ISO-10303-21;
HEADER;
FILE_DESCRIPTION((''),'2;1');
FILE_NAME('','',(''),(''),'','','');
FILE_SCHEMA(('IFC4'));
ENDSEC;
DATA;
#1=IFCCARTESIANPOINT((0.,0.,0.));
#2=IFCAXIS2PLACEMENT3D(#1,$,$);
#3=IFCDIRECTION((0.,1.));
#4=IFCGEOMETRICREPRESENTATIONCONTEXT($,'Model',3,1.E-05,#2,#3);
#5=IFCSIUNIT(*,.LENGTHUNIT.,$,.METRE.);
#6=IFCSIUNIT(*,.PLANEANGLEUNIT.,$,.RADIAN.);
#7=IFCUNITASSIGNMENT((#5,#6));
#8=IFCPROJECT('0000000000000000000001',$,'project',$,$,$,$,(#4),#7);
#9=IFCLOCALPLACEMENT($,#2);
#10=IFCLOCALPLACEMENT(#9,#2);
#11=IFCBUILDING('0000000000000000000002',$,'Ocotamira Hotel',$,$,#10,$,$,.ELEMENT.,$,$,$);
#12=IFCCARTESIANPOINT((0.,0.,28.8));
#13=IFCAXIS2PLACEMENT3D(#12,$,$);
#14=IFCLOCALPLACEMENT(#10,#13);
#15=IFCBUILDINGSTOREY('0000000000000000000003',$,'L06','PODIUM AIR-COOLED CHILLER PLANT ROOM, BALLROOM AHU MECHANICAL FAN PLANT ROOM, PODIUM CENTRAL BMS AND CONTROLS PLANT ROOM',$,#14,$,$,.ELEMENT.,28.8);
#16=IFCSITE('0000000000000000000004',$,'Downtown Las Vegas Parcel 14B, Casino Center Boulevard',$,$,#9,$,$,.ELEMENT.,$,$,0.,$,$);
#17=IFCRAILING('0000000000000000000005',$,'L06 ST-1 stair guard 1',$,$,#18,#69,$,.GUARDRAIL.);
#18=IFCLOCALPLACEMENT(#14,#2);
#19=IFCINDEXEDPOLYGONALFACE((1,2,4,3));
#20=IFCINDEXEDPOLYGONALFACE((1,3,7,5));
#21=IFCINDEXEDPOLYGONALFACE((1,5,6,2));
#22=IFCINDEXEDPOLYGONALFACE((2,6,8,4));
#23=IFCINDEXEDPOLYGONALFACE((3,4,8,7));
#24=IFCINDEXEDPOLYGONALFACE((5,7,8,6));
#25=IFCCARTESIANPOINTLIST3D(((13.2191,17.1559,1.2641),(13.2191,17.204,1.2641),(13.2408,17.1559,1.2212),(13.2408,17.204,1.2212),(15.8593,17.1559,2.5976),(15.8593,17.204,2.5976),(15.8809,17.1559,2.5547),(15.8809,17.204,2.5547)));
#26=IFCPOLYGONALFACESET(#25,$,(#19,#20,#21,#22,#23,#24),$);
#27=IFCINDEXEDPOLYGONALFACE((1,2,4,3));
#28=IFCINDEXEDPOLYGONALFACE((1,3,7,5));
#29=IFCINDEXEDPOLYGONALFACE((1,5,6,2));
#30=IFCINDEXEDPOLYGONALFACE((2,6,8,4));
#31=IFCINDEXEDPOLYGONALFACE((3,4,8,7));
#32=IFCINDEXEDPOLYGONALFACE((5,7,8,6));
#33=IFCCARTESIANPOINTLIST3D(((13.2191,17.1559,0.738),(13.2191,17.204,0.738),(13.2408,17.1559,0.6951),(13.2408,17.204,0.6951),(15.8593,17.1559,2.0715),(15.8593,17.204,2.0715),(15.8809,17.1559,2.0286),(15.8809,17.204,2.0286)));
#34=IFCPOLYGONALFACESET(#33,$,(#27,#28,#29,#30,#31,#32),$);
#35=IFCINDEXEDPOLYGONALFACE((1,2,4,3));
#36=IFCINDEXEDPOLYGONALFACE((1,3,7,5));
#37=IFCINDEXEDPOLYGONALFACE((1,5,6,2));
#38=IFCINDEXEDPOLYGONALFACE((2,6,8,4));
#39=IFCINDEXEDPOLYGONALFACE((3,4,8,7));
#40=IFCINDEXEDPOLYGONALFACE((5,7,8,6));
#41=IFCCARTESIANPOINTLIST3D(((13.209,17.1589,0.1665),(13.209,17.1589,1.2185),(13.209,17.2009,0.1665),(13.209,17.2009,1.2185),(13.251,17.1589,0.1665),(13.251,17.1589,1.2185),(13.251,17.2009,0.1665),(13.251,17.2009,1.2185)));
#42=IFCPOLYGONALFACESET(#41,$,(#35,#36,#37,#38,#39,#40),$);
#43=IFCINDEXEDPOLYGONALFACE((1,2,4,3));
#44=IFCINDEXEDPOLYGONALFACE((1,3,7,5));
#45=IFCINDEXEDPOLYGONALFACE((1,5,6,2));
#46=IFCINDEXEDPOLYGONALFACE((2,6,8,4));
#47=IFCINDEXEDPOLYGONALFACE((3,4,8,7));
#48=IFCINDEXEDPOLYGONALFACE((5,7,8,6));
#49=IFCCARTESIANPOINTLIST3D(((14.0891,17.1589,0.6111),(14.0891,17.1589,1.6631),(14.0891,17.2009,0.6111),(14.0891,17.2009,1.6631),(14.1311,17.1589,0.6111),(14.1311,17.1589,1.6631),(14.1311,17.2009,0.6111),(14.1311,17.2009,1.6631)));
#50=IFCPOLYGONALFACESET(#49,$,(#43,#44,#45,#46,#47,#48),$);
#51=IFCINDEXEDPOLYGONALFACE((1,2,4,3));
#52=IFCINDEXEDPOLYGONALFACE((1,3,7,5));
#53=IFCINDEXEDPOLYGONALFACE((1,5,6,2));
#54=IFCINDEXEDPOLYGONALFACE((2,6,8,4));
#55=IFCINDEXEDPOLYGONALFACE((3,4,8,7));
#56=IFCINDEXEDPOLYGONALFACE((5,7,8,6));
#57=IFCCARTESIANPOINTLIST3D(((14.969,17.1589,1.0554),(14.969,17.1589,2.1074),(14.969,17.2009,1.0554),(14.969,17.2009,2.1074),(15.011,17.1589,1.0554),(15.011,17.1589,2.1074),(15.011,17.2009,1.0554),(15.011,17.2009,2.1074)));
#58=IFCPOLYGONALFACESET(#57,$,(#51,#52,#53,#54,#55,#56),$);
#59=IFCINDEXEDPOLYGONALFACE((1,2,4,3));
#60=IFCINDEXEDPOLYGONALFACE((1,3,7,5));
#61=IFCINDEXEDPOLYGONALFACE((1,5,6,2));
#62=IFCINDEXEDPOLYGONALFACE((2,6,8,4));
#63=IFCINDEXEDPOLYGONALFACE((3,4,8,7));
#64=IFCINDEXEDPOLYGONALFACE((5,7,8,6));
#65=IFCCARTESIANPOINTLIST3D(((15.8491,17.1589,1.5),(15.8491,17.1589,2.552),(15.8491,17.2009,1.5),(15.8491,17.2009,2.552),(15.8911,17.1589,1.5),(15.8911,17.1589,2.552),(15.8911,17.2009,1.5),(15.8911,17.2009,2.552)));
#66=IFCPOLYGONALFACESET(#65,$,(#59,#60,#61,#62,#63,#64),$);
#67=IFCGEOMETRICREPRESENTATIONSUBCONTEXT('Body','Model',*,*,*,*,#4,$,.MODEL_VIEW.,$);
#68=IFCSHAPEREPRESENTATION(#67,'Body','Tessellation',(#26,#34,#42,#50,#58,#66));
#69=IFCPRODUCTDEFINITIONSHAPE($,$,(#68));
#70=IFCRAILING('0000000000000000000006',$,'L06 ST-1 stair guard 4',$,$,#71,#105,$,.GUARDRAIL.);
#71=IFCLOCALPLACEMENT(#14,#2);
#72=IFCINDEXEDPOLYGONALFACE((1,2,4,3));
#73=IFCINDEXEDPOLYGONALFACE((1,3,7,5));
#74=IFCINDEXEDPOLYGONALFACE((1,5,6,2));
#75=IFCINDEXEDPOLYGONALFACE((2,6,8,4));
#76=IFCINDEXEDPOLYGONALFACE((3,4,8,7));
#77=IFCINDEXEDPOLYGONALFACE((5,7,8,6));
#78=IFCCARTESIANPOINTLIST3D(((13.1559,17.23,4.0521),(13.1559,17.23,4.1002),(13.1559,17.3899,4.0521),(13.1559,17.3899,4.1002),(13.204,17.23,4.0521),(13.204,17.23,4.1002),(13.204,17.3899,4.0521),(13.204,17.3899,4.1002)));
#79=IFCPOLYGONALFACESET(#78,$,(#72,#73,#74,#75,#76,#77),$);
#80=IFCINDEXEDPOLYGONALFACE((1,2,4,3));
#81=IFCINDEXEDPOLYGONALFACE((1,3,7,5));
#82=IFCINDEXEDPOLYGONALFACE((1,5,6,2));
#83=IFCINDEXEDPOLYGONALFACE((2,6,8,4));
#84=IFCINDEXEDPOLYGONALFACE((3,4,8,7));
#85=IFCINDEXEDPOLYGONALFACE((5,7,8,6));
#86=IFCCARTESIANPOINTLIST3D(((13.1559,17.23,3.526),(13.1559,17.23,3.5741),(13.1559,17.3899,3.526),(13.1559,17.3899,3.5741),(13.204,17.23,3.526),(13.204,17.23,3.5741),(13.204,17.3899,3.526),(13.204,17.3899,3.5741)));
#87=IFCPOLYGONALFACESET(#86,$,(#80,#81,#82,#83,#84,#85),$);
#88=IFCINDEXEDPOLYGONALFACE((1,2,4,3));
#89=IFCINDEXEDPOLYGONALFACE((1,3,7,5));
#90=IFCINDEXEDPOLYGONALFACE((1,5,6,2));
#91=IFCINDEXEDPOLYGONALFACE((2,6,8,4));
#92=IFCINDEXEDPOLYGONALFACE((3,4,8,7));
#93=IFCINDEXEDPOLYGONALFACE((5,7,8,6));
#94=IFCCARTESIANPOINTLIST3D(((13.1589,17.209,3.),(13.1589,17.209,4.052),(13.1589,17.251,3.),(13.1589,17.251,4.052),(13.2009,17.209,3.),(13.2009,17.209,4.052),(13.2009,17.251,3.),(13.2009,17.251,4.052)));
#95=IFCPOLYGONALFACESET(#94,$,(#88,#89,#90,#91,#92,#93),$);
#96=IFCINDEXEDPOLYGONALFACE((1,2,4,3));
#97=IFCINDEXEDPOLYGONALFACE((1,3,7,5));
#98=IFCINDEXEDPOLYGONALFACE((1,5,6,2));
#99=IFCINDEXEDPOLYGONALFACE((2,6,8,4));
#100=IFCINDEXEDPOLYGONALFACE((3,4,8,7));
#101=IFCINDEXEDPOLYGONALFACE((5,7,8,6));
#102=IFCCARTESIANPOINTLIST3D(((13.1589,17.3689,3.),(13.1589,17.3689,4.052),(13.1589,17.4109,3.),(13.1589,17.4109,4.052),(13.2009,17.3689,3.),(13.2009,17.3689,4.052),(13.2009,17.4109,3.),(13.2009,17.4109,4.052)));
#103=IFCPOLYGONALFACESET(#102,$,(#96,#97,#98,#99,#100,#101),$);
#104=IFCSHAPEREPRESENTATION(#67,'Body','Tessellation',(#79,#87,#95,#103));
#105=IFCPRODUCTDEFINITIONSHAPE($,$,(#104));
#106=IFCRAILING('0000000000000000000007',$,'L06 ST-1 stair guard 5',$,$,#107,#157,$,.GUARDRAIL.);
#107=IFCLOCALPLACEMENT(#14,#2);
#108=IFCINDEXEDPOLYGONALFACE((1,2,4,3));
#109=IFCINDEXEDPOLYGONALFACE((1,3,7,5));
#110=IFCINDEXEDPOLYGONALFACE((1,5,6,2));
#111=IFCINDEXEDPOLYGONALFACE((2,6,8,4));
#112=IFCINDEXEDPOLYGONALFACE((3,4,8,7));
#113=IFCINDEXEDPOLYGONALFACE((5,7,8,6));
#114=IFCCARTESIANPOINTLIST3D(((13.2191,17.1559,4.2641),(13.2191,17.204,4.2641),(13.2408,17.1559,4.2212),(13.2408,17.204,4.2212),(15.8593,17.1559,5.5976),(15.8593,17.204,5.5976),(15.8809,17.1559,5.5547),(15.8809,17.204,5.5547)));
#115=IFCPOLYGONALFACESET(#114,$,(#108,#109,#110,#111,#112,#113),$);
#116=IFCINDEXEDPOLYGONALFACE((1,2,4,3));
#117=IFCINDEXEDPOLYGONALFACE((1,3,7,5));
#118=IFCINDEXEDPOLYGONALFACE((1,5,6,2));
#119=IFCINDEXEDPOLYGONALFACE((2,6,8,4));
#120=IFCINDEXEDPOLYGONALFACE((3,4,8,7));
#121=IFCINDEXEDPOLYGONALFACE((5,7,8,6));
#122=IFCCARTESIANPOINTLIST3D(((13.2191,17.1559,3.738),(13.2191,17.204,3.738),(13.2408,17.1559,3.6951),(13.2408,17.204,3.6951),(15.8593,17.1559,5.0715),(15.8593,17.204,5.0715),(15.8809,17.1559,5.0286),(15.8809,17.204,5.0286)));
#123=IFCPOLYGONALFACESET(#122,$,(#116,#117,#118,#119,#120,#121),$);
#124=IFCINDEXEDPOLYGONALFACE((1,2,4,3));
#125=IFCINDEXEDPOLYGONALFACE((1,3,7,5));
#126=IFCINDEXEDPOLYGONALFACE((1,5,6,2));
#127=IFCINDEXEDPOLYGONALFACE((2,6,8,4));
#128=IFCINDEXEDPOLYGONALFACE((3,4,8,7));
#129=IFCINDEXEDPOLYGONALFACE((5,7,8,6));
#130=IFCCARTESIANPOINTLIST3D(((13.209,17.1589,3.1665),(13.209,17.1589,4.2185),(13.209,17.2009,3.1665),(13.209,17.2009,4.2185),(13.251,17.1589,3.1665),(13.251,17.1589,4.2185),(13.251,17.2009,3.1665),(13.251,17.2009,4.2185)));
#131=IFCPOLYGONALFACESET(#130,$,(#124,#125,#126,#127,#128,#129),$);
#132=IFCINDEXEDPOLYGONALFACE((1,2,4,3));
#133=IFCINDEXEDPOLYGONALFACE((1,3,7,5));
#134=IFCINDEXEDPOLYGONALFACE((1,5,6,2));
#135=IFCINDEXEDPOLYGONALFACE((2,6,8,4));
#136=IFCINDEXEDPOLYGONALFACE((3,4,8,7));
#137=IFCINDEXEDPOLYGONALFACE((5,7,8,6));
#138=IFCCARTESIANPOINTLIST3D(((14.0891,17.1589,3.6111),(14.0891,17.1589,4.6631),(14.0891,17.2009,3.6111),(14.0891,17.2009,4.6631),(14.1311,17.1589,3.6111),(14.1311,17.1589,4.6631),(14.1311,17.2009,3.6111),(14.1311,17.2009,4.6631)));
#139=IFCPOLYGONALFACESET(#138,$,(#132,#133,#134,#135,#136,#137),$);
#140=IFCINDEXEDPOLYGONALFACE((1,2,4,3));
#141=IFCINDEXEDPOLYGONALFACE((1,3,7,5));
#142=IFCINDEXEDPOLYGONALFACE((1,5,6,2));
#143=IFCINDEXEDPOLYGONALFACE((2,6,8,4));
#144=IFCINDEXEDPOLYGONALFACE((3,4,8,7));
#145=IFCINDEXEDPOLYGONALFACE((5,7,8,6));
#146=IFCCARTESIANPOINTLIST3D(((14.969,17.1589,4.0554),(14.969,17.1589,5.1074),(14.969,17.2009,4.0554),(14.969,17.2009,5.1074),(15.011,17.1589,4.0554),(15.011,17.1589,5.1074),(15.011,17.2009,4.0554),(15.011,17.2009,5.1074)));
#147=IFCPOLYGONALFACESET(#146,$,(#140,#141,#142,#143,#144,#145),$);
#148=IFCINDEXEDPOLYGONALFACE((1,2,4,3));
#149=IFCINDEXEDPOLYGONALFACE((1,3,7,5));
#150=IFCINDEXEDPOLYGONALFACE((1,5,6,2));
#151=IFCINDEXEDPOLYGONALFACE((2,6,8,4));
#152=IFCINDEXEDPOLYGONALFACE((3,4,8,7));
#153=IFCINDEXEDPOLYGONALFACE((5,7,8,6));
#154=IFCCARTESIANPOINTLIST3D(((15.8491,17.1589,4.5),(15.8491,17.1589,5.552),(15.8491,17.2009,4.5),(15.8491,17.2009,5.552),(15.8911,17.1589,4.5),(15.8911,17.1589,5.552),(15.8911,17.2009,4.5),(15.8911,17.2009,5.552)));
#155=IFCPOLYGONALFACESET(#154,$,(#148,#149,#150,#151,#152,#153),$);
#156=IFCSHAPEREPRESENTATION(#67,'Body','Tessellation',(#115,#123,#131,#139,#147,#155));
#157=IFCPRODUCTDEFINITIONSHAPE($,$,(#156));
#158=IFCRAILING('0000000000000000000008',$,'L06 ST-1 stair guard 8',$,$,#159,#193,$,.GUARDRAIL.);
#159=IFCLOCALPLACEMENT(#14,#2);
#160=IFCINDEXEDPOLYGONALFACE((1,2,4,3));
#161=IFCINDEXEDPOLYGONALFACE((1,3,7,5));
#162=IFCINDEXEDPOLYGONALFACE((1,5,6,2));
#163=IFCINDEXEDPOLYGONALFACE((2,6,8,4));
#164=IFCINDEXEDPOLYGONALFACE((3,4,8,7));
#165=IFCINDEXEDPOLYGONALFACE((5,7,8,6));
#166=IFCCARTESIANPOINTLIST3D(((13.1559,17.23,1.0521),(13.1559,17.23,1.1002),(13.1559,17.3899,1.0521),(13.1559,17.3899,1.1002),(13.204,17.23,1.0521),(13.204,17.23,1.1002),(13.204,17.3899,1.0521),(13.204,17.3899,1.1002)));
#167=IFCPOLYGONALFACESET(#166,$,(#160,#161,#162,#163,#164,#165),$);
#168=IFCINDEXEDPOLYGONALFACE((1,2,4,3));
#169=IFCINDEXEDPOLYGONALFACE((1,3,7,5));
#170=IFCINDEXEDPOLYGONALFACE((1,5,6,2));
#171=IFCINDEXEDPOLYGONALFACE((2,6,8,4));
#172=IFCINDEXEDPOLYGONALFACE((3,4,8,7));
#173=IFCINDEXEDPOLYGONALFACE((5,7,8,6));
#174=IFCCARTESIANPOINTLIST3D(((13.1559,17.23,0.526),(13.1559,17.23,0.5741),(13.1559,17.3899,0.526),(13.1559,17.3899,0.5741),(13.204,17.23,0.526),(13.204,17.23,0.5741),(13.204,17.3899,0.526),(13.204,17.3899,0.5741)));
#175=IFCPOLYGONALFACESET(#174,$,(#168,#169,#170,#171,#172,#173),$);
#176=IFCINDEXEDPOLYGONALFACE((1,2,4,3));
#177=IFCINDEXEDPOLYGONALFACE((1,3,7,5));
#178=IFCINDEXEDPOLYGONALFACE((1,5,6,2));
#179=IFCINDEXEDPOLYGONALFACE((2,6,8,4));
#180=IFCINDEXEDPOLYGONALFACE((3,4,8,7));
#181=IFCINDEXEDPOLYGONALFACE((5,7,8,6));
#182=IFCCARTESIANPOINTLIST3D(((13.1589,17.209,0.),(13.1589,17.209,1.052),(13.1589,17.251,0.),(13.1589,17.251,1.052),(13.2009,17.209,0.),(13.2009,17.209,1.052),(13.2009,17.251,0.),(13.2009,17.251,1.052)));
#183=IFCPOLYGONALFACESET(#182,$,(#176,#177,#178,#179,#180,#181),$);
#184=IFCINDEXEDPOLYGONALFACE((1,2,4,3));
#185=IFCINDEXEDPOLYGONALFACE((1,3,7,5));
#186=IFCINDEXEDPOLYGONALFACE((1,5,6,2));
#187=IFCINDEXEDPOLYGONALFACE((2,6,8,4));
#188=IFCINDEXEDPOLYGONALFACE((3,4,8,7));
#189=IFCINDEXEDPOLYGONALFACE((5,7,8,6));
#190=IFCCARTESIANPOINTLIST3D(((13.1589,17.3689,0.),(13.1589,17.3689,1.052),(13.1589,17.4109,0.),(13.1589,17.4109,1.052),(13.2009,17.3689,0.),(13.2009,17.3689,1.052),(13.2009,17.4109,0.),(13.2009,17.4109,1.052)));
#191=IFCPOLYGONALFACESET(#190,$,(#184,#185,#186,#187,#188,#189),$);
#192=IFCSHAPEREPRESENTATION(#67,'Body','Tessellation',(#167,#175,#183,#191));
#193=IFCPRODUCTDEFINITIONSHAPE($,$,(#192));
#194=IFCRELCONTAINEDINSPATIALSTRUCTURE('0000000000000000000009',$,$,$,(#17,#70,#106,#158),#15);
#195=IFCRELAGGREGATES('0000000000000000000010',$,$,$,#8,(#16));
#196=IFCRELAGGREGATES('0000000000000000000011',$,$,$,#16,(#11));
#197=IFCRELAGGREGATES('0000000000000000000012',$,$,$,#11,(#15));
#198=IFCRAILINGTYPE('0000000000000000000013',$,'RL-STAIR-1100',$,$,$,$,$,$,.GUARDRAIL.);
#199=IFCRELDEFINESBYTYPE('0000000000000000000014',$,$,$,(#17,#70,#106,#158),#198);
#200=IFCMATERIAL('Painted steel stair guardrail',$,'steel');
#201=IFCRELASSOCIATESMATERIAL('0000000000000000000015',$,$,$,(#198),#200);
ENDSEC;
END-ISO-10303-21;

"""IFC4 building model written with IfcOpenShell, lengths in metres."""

from ifc_helpers import new_model, si_unit, direction, frame, origin, origin_2d, place, context, subcontext, project, spatial, rectangle, extrude, material, type_object, element, save


model = new_model("IFC4")

# Units and contexts
model_context = context("Model", 3, precision=1e-05, world=origin(), true_north=direction((0.0, 1.0)))
body_context = subcontext(model_context, "Body", "Model", "MODEL_VIEW")
ifc_project = project(units=[si_unit("LENGTHUNIT", "METRE"), si_unit("PLANEANGLEUNIT", "RADIAN")], contexts=[model_context])

# Site, building, storey
site_placement = place(None, origin())
site = spatial("IfcSite", under=ifc_project, at=site_placement, Name="Downtown Las Vegas Parcel 14B, Casino Center Boulevard", CompositionType="ELEMENT", RefElevation=0.0)
building_placement = place(site_placement, origin())
building = spatial("IfcBuilding", under=site, at=building_placement, Name="Ocotamira Hotel", CompositionType="ELEMENT")
storey_placement = place(building_placement, frame((0.0, 0.0, 28.8)))
storey = spatial("IfcBuildingStorey", under=building, at=storey_placement, Name="L06", Description="PODIUM AIR-COOLED CHILLER PLANT ROOM, BALLROOM AHU MECHANICAL FAN PLANT ROOM, PODIUM CENTRAL BMS AND CONTROLS PLANT ROOM", CompositionType="ELEMENT", Elevation=28.8)

# Railings
ifc_material_1 = material(Name="Painted steel stair guardrail", Category="steel")
railing_type = type_object("IfcRailingType", Name="RL-STAIR-1100", PredefinedType="GUARDRAIL", material=ifc_material_1)
railing_1_placement = place(storey_placement, frame((13.23, 17.1799, 0.1665)))
element("IfcRailing", 1, at=railing_1_placement, inside=storey, type_object=railing_type, Name="L06 ST-1 stair guard 1", PredefinedType="GUARDRAIL", context=body_context, shape_type="SweptSolid", body=[
    extrude(rectangle(XDim=0.0481, YDim=0.0481, at=origin_2d()), frame((0.0, 0.0, 1.0762), z_axis=(0.892604, 0.0, 0.450842), x_axis=(0.0, 1.0, 0.0)), (0.0, 0.0, 1.0), 2.9578),
    extrude(rectangle(XDim=0.0481, YDim=0.0481, at=origin_2d()), frame((0.0, 0.0, 0.55), z_axis=(0.892604, 0.0, 0.450842), x_axis=(0.0, 1.0, 0.0)), (0.0, 0.0, 1.0), 2.9578),
    extrude(rectangle(XDim=0.042, YDim=0.042, at=origin_2d()), origin(), (0.0, 0.0, 1.0), 1.052),
    extrude(rectangle(XDim=0.042, YDim=0.042, at=origin_2d()), frame((0.8801, 0.0, 0.4446)), (0.0, 0.0, 1.0), 1.052),
    extrude(rectangle(XDim=0.042, YDim=0.042, at=origin_2d()), frame((1.76, 0.0, 0.8889)), (0.0, 0.0, 1.0), 1.052),
    extrude(rectangle(XDim=0.042, YDim=0.042, at=origin_2d()), frame((2.6401, 0.0, 1.3335)), (0.0, 0.0, 1.0), 1.052),
])
railing_2_placement = place(storey_placement, frame((13.1799, 17.23, 3.0)))
element("IfcRailing", 2, at=railing_2_placement, inside=storey, type_object=railing_type, Name="L06 ST-1 stair guard 4", PredefinedType="GUARDRAIL", context=body_context, shape_type="SweptSolid", body=[
    extrude(rectangle(XDim=0.0481, YDim=0.0481, at=origin_2d()), frame((0.0, 0.0, 1.0762), z_axis=(0.0, 1.0, 0.0), x_axis=(-1.0, 0.0, 0.0)), (0.0, 0.0, 1.0), 0.1599),
    extrude(rectangle(XDim=0.0481, YDim=0.0481, at=origin_2d()), frame((0.0, 0.0, 0.55), z_axis=(0.0, 1.0, 0.0), x_axis=(-1.0, 0.0, 0.0)), (0.0, 0.0, 1.0), 0.1599),
    extrude(rectangle(XDim=0.042, YDim=0.042, at=origin_2d()), origin(), (0.0, 0.0, 1.0), 1.052),
    extrude(rectangle(XDim=0.042, YDim=0.042, at=origin_2d()), frame((0.0, 0.1599, 0.0)), (0.0, 0.0, 1.0), 1.052),
])
railing_3_placement = place(storey_placement, frame((13.23, 17.1799, 3.1665)))
element("IfcRailing", 3, at=railing_3_placement, inside=storey, type_object=railing_type, Name="L06 ST-1 stair guard 5", PredefinedType="GUARDRAIL", context=body_context, shape_type="SweptSolid", body=[
    extrude(rectangle(XDim=0.0481, YDim=0.0481, at=origin_2d()), frame((0.0, 0.0, 1.0762), z_axis=(0.892604, 0.0, 0.450842), x_axis=(0.0, 1.0, 0.0)), (0.0, 0.0, 1.0), 2.9578),
    extrude(rectangle(XDim=0.0481, YDim=0.0481, at=origin_2d()), frame((0.0, 0.0, 0.55), z_axis=(0.892604, 0.0, 0.450842), x_axis=(0.0, 1.0, 0.0)), (0.0, 0.0, 1.0), 2.9578),
    extrude(rectangle(XDim=0.042, YDim=0.042, at=origin_2d()), origin(), (0.0, 0.0, 1.0), 1.052),
    extrude(rectangle(XDim=0.042, YDim=0.042, at=origin_2d()), frame((0.8801, 0.0, 0.4446)), (0.0, 0.0, 1.0), 1.052),
    extrude(rectangle(XDim=0.042, YDim=0.042, at=origin_2d()), frame((1.76, 0.0, 0.8889)), (0.0, 0.0, 1.0), 1.052),
    extrude(rectangle(XDim=0.042, YDim=0.042, at=origin_2d()), frame((2.6401, 0.0, 1.3335)), (0.0, 0.0, 1.0), 1.052),
])
railing_4_placement = place(storey_placement, frame((13.1799, 17.23, 0.0)))
element("IfcRailing", 4, at=railing_4_placement, inside=storey, type_object=railing_type, Name="L06 ST-1 stair guard 8", PredefinedType="GUARDRAIL", context=body_context, shape_type="SweptSolid", body=[
    extrude(rectangle(XDim=0.0481, YDim=0.0481, at=origin_2d()), frame((0.0, 0.0, 1.0762), z_axis=(0.0, 1.0, 0.0), x_axis=(-1.0, 0.0, 0.0)), (0.0, 0.0, 1.0), 0.1599),
    extrude(rectangle(XDim=0.0481, YDim=0.0481, at=origin_2d()), frame((0.0, 0.0, 0.55), z_axis=(0.0, 1.0, 0.0), x_axis=(-1.0, 0.0, 0.0)), (0.0, 0.0, 1.0), 0.1599),
    extrude(rectangle(XDim=0.042, YDim=0.042, at=origin_2d()), origin(), (0.0, 0.0, 1.0), 1.052),
    extrude(rectangle(XDim=0.042, YDim=0.042, at=origin_2d()), frame((0.0, 0.1599, 0.0)), (0.0, 0.0, 1.0), 1.052),
])

save(model, "model.ifc")
